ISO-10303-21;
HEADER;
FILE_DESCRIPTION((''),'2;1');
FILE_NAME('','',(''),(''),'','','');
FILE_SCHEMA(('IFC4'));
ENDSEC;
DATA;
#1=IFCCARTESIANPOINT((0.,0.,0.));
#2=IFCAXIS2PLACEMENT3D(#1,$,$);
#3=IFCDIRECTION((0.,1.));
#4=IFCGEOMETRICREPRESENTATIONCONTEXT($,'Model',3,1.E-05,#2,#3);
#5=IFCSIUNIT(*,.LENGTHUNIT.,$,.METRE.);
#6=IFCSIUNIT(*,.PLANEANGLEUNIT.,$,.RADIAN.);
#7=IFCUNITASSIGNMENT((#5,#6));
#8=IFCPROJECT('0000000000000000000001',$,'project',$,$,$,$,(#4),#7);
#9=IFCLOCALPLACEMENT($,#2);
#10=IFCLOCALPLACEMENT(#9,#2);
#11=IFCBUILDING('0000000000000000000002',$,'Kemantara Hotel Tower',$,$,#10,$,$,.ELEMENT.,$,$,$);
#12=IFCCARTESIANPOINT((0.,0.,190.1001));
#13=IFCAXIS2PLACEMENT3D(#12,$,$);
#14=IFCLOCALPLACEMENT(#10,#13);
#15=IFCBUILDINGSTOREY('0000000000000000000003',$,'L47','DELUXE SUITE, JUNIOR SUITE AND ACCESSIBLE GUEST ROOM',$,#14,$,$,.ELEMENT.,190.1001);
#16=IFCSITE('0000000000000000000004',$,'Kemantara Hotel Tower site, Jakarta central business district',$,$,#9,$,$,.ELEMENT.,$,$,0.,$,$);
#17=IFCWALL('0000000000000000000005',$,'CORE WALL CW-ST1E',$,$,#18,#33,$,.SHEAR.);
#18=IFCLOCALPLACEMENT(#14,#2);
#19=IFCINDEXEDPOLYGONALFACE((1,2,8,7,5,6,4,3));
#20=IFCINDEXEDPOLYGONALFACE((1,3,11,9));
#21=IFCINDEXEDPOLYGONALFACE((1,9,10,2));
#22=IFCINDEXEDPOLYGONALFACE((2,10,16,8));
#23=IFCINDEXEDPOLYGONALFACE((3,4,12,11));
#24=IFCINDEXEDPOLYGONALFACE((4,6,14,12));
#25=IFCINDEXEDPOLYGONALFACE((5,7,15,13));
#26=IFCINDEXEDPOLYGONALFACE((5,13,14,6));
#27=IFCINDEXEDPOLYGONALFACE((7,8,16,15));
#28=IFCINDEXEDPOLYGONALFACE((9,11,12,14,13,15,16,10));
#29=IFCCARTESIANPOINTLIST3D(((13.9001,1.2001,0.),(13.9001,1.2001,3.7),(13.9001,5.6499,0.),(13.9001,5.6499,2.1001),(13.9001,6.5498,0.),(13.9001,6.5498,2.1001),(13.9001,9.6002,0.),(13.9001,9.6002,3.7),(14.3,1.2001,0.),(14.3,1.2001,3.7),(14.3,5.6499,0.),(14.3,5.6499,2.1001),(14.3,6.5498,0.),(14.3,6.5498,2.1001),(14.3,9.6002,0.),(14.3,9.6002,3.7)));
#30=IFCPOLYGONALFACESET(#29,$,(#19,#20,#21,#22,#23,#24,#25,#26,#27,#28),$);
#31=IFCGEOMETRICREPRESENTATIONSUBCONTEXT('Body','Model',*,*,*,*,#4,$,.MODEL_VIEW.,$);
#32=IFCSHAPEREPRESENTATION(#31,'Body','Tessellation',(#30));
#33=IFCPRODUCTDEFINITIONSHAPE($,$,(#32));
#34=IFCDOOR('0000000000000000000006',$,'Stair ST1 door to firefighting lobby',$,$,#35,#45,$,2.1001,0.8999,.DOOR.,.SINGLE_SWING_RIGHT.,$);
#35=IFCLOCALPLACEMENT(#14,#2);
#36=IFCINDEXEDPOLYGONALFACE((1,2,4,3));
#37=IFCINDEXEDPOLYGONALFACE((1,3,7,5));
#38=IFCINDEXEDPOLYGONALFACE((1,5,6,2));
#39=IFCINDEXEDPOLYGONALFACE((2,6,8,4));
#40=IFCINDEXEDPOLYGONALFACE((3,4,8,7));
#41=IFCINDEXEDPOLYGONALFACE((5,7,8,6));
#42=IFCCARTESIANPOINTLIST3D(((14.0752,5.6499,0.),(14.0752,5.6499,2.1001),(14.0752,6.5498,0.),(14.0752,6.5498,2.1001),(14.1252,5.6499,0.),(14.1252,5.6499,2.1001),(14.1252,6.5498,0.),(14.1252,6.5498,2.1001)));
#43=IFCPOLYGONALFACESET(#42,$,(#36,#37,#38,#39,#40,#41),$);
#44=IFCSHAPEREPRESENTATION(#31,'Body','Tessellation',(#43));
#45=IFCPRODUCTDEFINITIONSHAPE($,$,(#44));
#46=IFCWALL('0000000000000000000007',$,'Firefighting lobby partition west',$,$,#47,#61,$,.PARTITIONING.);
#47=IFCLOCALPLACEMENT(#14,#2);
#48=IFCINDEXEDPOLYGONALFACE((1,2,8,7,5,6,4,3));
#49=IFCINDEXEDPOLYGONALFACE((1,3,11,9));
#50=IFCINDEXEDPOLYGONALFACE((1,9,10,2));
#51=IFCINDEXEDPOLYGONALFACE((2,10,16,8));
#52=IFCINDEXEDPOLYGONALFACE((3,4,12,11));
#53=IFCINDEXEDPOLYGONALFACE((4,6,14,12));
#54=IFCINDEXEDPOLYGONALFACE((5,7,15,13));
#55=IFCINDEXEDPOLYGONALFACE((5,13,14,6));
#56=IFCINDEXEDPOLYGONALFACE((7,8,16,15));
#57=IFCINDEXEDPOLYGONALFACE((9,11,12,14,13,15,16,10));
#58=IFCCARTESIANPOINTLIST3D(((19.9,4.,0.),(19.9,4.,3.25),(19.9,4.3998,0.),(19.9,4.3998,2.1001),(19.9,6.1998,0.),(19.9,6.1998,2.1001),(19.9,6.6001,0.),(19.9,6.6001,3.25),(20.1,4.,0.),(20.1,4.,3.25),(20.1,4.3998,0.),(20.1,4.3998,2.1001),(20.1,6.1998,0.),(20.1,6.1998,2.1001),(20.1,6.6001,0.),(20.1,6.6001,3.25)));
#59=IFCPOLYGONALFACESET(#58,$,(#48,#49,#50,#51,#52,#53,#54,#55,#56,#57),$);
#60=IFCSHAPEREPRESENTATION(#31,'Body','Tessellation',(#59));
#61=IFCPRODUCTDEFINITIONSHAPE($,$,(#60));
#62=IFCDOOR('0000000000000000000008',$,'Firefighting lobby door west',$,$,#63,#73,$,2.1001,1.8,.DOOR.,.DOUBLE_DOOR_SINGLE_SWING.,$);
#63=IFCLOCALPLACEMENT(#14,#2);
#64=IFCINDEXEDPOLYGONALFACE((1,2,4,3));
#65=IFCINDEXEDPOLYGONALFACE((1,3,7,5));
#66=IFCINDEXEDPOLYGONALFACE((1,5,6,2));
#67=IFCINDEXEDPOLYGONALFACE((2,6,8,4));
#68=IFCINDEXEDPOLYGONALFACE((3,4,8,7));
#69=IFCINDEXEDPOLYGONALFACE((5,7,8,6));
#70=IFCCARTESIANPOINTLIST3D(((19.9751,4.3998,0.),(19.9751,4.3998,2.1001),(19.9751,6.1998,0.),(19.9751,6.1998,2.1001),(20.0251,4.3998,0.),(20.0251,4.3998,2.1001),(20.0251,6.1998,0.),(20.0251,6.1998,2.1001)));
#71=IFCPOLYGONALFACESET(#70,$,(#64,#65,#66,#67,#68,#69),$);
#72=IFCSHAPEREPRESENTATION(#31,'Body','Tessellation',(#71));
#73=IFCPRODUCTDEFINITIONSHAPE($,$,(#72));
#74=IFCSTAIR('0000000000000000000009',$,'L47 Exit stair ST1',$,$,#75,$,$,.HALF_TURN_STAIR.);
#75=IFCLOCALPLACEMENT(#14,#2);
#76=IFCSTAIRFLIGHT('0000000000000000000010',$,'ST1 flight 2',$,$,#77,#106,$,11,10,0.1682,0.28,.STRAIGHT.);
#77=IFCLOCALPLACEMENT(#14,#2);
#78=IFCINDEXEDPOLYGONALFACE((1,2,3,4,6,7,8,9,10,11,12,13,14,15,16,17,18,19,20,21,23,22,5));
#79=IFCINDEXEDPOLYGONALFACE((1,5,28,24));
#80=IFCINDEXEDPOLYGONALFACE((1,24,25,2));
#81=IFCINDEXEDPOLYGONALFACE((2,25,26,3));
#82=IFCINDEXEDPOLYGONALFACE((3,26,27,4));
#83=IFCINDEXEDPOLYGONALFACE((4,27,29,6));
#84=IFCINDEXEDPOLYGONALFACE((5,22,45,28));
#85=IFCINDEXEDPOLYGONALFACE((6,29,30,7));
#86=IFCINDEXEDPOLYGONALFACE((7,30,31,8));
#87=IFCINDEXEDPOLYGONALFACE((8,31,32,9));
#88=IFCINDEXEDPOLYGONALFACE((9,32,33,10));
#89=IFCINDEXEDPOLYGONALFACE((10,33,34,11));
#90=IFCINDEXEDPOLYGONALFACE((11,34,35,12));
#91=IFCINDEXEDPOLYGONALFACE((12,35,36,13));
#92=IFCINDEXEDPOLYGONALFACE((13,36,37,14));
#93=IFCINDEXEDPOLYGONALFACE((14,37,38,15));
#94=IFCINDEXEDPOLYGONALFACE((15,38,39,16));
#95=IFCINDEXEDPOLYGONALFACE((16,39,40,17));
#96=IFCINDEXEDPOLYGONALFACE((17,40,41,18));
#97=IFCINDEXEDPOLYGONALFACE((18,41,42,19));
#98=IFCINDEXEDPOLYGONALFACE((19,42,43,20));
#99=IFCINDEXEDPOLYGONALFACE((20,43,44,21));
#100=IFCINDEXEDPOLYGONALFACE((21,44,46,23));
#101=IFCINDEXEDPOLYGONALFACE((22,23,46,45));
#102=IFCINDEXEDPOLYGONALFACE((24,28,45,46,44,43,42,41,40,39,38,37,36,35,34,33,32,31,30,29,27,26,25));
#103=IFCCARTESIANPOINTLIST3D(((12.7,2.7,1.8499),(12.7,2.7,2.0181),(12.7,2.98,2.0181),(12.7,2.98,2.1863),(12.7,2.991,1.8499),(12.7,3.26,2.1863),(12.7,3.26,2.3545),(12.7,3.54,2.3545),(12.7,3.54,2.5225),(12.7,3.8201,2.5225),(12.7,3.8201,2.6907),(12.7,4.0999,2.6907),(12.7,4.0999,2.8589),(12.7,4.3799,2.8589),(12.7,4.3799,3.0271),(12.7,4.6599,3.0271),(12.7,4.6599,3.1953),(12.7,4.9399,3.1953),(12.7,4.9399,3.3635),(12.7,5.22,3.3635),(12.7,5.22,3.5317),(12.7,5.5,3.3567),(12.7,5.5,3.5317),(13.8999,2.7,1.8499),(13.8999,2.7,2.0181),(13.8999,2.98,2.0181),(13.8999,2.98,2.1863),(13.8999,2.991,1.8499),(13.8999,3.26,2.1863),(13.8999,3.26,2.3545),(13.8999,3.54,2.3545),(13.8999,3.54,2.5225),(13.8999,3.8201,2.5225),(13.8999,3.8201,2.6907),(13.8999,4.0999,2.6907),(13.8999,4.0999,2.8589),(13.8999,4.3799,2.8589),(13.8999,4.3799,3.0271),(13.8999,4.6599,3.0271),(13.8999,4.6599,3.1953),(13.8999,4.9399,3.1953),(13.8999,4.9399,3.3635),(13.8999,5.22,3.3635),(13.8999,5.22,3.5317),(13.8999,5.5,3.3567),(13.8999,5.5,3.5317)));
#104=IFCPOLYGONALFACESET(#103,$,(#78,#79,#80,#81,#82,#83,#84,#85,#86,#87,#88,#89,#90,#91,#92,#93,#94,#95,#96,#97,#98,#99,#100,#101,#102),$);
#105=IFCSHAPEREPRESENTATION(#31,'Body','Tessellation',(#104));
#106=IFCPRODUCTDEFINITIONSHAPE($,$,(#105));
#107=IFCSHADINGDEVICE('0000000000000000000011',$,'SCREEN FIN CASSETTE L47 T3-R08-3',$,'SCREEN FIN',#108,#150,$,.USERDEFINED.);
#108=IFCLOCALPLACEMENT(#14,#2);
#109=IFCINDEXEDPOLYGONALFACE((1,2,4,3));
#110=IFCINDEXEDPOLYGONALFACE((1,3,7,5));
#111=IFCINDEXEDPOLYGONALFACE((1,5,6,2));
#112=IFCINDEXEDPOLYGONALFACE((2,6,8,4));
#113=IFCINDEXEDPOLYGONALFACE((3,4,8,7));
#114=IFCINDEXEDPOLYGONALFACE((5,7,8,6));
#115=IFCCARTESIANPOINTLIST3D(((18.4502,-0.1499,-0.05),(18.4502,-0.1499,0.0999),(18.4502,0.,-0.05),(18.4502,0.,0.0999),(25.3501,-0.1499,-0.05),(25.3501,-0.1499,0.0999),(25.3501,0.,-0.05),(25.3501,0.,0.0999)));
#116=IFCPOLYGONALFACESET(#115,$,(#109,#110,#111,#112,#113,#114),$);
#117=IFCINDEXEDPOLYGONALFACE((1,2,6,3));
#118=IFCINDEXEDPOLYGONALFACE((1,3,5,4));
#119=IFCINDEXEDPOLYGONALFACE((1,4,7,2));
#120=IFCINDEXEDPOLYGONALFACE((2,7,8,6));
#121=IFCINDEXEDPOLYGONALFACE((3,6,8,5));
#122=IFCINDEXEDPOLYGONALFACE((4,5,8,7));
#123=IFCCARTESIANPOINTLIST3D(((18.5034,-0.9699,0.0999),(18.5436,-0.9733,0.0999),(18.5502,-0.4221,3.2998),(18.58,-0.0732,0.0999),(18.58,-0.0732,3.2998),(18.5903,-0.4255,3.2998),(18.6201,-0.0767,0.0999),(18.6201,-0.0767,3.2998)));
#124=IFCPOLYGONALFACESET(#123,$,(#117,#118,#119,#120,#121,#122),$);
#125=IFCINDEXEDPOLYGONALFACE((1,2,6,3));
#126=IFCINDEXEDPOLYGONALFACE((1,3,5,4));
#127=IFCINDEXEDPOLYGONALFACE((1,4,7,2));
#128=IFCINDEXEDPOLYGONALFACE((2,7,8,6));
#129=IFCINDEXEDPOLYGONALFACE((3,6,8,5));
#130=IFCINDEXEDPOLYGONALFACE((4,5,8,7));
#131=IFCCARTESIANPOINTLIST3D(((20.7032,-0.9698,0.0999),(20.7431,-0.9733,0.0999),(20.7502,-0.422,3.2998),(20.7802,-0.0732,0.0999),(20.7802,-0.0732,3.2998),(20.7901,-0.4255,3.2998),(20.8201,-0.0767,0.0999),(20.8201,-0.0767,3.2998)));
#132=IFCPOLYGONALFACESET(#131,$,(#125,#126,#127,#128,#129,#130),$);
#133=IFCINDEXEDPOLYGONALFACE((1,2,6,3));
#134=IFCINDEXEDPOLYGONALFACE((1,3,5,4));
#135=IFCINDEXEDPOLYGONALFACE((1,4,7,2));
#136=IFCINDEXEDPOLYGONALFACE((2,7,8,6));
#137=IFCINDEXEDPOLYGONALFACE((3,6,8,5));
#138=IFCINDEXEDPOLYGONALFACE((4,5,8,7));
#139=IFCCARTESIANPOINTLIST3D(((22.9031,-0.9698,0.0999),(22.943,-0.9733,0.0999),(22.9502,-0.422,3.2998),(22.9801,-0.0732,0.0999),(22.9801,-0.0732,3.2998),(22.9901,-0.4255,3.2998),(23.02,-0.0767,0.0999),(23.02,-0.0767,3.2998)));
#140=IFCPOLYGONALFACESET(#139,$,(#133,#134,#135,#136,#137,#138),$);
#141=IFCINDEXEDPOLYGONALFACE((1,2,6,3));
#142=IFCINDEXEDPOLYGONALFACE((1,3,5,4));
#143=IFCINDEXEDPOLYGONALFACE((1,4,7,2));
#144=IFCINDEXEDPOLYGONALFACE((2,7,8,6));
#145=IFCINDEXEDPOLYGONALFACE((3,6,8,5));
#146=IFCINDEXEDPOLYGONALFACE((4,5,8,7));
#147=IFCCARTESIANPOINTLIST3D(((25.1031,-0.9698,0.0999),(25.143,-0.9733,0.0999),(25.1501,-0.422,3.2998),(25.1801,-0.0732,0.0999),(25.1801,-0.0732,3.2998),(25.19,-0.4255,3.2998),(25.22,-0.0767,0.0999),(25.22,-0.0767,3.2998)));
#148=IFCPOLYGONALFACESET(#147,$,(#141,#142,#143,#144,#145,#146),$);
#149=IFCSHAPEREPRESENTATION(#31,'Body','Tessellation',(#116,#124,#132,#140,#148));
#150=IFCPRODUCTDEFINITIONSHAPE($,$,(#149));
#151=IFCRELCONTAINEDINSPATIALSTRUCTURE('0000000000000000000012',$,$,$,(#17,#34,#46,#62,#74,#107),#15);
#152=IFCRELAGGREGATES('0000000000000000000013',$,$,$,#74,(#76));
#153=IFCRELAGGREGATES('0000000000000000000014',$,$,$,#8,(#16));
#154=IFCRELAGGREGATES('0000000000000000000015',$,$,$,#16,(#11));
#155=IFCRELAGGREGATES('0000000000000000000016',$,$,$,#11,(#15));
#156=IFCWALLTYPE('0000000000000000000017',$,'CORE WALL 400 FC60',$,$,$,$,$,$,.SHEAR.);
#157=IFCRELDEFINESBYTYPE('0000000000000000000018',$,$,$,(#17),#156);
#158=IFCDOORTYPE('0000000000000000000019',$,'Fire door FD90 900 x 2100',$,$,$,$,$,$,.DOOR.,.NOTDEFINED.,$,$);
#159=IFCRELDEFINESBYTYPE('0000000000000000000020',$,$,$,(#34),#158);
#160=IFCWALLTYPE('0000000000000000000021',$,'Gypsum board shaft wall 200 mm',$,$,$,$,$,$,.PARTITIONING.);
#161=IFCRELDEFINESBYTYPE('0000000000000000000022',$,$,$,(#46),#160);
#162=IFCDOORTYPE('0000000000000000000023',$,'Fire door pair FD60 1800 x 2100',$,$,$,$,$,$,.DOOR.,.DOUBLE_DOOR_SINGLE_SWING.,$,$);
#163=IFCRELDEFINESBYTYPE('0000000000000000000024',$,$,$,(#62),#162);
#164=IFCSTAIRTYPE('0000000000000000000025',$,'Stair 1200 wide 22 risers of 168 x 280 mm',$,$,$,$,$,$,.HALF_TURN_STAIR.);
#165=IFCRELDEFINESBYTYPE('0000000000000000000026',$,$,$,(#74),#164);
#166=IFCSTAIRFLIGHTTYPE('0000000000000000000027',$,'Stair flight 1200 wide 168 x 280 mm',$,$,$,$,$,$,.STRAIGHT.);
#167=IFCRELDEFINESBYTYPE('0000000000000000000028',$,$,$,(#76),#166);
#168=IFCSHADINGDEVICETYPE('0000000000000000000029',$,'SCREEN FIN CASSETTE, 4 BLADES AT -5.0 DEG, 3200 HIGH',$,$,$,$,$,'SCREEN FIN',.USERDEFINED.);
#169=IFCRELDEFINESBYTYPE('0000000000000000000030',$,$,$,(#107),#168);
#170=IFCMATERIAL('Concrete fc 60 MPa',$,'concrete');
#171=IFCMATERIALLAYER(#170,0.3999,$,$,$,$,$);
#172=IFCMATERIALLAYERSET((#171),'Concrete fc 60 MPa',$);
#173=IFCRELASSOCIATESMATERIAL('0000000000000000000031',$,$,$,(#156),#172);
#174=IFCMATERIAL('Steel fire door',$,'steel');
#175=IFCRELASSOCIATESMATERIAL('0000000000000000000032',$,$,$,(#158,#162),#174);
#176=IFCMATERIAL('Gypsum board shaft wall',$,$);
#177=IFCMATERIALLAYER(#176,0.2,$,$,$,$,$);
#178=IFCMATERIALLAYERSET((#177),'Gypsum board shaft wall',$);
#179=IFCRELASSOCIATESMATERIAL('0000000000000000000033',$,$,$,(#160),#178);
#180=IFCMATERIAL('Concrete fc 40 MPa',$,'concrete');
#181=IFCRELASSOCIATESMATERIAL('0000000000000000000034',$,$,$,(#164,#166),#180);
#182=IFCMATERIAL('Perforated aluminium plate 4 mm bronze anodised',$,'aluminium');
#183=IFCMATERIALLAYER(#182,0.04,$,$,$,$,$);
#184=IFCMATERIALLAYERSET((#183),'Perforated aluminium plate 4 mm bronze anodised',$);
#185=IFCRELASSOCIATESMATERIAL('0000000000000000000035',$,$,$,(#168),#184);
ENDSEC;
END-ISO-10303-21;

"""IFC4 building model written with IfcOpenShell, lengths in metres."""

from ifc_helpers import new_model, si_unit, direction, frame, frame_2d, origin, origin_2d, place, context, subcontext, project, spatial, polyline, rectangle, outline, extrude, source, transform, mapped, material, layer, layer_set, type_object, element, fill, aggregate, save


model = new_model("IFC4")

# Units and contexts
model_context = context("Model", 3, precision=1e-05, world=origin(), true_north=direction((0.0, 1.0)))
body_context = subcontext(model_context, "Body", "Model", "MODEL_VIEW")
ifc_project = project(units=[si_unit("LENGTHUNIT", "METRE"), si_unit("PLANEANGLEUNIT", "RADIAN")], contexts=[model_context])

# Site, building, storey
site_placement = place(None, origin())
site = spatial("IfcSite", under=ifc_project, at=site_placement, Name="Kemantara Hotel Tower site, Jakarta central business district", CompositionType="ELEMENT", RefElevation=0.0)
building_placement = place(site_placement, origin())
building = spatial("IfcBuilding", under=site, at=building_placement, Name="Kemantara Hotel Tower", CompositionType="ELEMENT")
storey_placement = place(building_placement, frame((0.0, 0.0, 190.1001)))
storey = spatial("IfcBuildingStorey", under=building, at=storey_placement, Name="L47", Description="DELUXE SUITE, JUNIOR SUITE AND ACCESSIBLE GUEST ROOM", CompositionType="ELEMENT", Elevation=190.1001)

# Shared definitions
ifc_material_1 = material(Name="Concrete fc 60 MPa", Category="concrete")

# Shared definitions
ifc_layer_1 = layer(ifc_material_1, 0.3999)
ifc_layer_set_1 = layer_set([ifc_layer_1], Name="Concrete fc 60 MPa")
wall_type_1 = type_object("IfcWallType", Name="CORE WALL 400 FC60", PredefinedType="SHEAR", material=ifc_layer_set_1)
ifc_material_2 = material(Name="Steel fire door", Category="steel")

# Walls, openings, doors
wall_1_placement = place(storey_placement, frame((14.1001, 1.2, 0.0), z_axis=(0.0, 0.0, 1.0), x_axis=(0.0, 1.0, 0.0)))
wall_1 = element("IfcWall", 1, at=wall_1_placement, inside=storey, type_object=wall_type_1, Name="CORE WALL CW-ST1E", PredefinedType="SHEAR", context=body_context, shape_type="SweptSolid", body=[
    extrude(rectangle(XDim=8.4001, YDim=0.3999, at=frame_2d((4.2002, 0.0))), origin(), (0.0, 0.0, 1.0), 3.7),
])
opening_1_placement = place(wall_1_placement, frame((4.45, 0.0, 0.0)))
opening_1 = element("IfcOpeningElement", 2, at=opening_1_placement, cuts=wall_1, PredefinedType="OPENING", context=body_context, shape_type="SweptSolid", body=[
    extrude(rectangle(XDim=0.8999, YDim=2.1001, at=frame_2d((0.45, 1.05))), frame((0.0, 0.21, 0.0), z_axis=(0.0, -1.0, 0.0), x_axis=(1.0, 0.0, 0.0)), (0.0, 0.0, 1.0), 0.4199),
])
door_type_1 = type_object("IfcDoorType", Name="Fire door FD90 900 x 2100", OperationType="NOTDEFINED", PredefinedType="DOOR", material=ifc_material_2)
door_1_placement = place(opening_1_placement, origin())
door_1 = element("IfcDoor", 3, at=door_1_placement, inside=storey, type_object=door_type_1, Name="Stair ST1 door to firefighting lobby", OperationType="SINGLE_SWING_RIGHT", OverallHeight=2.1001, OverallWidth=0.8999, PredefinedType="DOOR", context=body_context, shape_type="SweptSolid", body=[
    extrude(rectangle(XDim=0.8999, YDim=2.1001, at=frame_2d((0.45, 1.05))), frame((0.0, 0.0249, 0.0), z_axis=(0.0, -1.0, 0.0), x_axis=(1.0, 0.0, 0.0)), (0.0, 0.0, 1.0), 0.05),
])
fill(opening_1, door_1)
ifc_material_3 = material(Name="Gypsum board shaft wall")
ifc_layer_2 = layer(ifc_material_3, 0.2)
ifc_layer_set_2 = layer_set([ifc_layer_2], Name="Gypsum board shaft wall")
wall_type_2 = type_object("IfcWallType", Name="Gypsum board shaft wall 200 mm", PredefinedType="PARTITIONING", material=ifc_layer_set_2)
wall_2_placement = place(storey_placement, frame((20.0, 4.0, 0.0), z_axis=(0.0, 0.0, 1.0), x_axis=(0.0, 1.0, 0.0)))
wall_2 = element("IfcWall", 4, at=wall_2_placement, inside=storey, type_object=wall_type_2, Name="Firefighting lobby partition west", PredefinedType="PARTITIONING", context=body_context, shape_type="SweptSolid", body=[
    extrude(rectangle(XDim=2.6001, YDim=0.2, at=frame_2d((1.3, 0.0))), origin(), (0.0, 0.0, 1.0), 3.25),
])
opening_2_placement = place(wall_2_placement, frame((0.3999, 0.0, 0.0)))
opening_2 = element("IfcOpeningElement", 5, at=opening_2_placement, cuts=wall_2, PredefinedType="OPENING", context=body_context, shape_type="SweptSolid", body=[
    extrude(rectangle(XDim=1.8, YDim=2.1001, at=frame_2d((0.8999, 1.05))), frame((0.0, 0.1099, 0.0), z_axis=(0.0, -1.0, 0.0), x_axis=(1.0, 0.0, 0.0)), (0.0, 0.0, 1.0), 0.22),
])
door_type_2 = type_object("IfcDoorType", Name="Fire door pair FD60 1800 x 2100", OperationType="DOUBLE_DOOR_SINGLE_SWING", PredefinedType="DOOR", material=ifc_material_2)
door_2_placement = place(opening_2_placement, origin())
door_2 = element("IfcDoor", 6, at=door_2_placement, inside=storey, type_object=door_type_2, Name="Firefighting lobby door west", OperationType="DOUBLE_DOOR_SINGLE_SWING", OverallHeight=2.1001, OverallWidth=1.8, PredefinedType="DOOR", context=body_context, shape_type="SweptSolid", body=[
    extrude(rectangle(XDim=1.8, YDim=2.1001, at=frame_2d((0.8999, 1.05))), frame((0.0, 0.0249, 0.0), z_axis=(0.0, -1.0, 0.0), x_axis=(1.0, 0.0, 0.0)), (0.0, 0.0, 1.0), 0.05),
])
fill(opening_2, door_2)

# Stair, stair flight
ifc_material_4 = material(Name="Concrete fc 40 MPa", Category="concrete")
stair_type = type_object("IfcStairType", Name="Stair 1200 wide 22 risers of 168 x 280 mm", PredefinedType="HALF_TURN_STAIR", material=ifc_material_4)
stair_placement = place(storey_placement, origin())
stair = element("IfcStair", 7, at=stair_placement, inside=storey, type_object=stair_type, Name="L47 Exit stair ST1", PredefinedType="HALF_TURN_STAIR")
stair_flight_type = type_object("IfcStairFlightType", Name="Stair flight 1200 wide 168 x 280 mm", PredefinedType="STRAIGHT", material=ifc_material_4)
stair_flight_placement = place(storey_placement, frame((13.3, 2.7, 1.8499), z_axis=(0.0, 0.0, 1.0), x_axis=(0.0, 1.0, 0.0)))
stair_flight = element("IfcStairFlight", 8, at=stair_flight_placement, type_object=stair_flight_type, Name="ST1 flight 2", NumberOfRisers=11, NumberOfTreads=10, PredefinedType="STRAIGHT", RiserHeight=0.1682, TreadLength=0.28, context=body_context, shape_type="SweptSolid", body=[
    extrude(outline(polyline([(0.0, 0.0), (0.0, 0.1682), (0.28, 0.1682), (0.28, 0.3364), (0.5601, 0.3364), (0.5601, 0.5046), (0.8401, 0.5046), (0.8401, 0.6726), (1.1201, 0.6726), (1.1201, 0.8408), (1.3999, 0.8408), (1.3999, 1.009), (1.6799, 1.009), (1.6799, 1.1772), (1.96, 1.1772), (1.96, 1.3455), (2.24, 1.3455), (2.24, 1.5137), (2.52, 1.5137), (2.52, 1.6819), (2.8, 1.6819), (2.8, 1.8501), (2.8, 1.5068), (0.291, 0.0), (0.0, 0.0)])), frame((0.0, 0.6001, 0.0), z_axis=(0.0, -1.0, 0.0), x_axis=(1.0, 0.0, 0.0)), (0.0, 0.0, 1.0), 1.2),
])
aggregate(stair, [stair_flight])

# Shading device
ifc_material_5 = material(Name="Perforated aluminium plate 4 mm bronze anodised", Category="aluminium")
ifc_layer_3 = layer(ifc_material_5, 0.04)
ifc_layer_set_3 = layer_set([ifc_layer_3], Name="Perforated aluminium plate 4 mm bronze anodised")
shading_device_type = type_object("IfcShadingDeviceType", Name="SCREEN FIN CASSETTE, 4 BLADES AT -5.0 DEG, 3200 HIGH", ElementType="SCREEN FIN", PredefinedType="USERDEFINED", material=ifc_layer_set_3)
shared_shape = source(origin(), body_context, "Body", "SweptSolid", [
    extrude(rectangle(XDim=6.8999, YDim=0.1499, at=origin_2d()), frame((3.3, -0.075, -0.1499), z_axis=(0.0, 0.0, 1.0), x_axis=(1.0, 0.0, 0.0)), (0.0, 0.0, 1.0), 0.1499),
    extrude(outline(polyline([(0.0, 0.0), (0.8999, 0.0), (0.3501, 3.2), (0.0, 3.2), (0.0, 0.0)])), frame((0.02, -0.0767, 0.0), z_axis=(-0.996376, 0.085056, 0.0), x_axis=(-0.085056, -0.996376, 0.0)), (0.0, 0.0, 1.0), 0.0403),
    extrude(outline(polyline([(0.0, 0.0), (0.8999, 0.0), (0.3501, 3.2), (0.0, 3.2), (0.0, 0.0)])), frame((2.22, -0.0767, 0.0), z_axis=(-0.996332, 0.085575, 0.0), x_axis=(-0.085575, -0.996332, 0.0)), (0.0, 0.0, 1.0), 0.04),
    extrude(outline(polyline([(0.0, 0.0), (0.8999, 0.0), (0.3501, 3.2), (0.0, 3.2), (0.0, 0.0)])), frame((4.4199, -0.0767, 0.0), z_axis=(-0.996332, 0.085575, 0.0), x_axis=(-0.085575, -0.996332, 0.0)), (0.0, 0.0, 1.0), 0.04),
    extrude(outline(polyline([(0.0, 0.0), (0.8999, 0.0), (0.3501, 3.2), (0.0, 3.2), (0.0, 0.0)])), frame((6.6199, -0.0767, 0.0), z_axis=(-0.996332, 0.085575, 0.0), x_axis=(-0.085575, -0.996332, 0.0)), (0.0, 0.0, 1.0), 0.04),
])
shading_device_placement = place(storey_placement, frame((18.6001, 0.0, 0.0999), z_axis=(0.0, 0.0, 1.0), x_axis=(1.0, 0.0, 0.0)))
element("IfcShadingDevice", 9, at=shading_device_placement, inside=storey, type_object=shading_device_type, Name="SCREEN FIN CASSETTE L47 T3-R08-3", ObjectType="SCREEN FIN", PredefinedType="USERDEFINED", context=body_context, shape_type="MappedRepresentation", body=[
    mapped(shared_shape, transform((0.0, 0.0, 0.0))),
])

save(model, "model.ifc")
